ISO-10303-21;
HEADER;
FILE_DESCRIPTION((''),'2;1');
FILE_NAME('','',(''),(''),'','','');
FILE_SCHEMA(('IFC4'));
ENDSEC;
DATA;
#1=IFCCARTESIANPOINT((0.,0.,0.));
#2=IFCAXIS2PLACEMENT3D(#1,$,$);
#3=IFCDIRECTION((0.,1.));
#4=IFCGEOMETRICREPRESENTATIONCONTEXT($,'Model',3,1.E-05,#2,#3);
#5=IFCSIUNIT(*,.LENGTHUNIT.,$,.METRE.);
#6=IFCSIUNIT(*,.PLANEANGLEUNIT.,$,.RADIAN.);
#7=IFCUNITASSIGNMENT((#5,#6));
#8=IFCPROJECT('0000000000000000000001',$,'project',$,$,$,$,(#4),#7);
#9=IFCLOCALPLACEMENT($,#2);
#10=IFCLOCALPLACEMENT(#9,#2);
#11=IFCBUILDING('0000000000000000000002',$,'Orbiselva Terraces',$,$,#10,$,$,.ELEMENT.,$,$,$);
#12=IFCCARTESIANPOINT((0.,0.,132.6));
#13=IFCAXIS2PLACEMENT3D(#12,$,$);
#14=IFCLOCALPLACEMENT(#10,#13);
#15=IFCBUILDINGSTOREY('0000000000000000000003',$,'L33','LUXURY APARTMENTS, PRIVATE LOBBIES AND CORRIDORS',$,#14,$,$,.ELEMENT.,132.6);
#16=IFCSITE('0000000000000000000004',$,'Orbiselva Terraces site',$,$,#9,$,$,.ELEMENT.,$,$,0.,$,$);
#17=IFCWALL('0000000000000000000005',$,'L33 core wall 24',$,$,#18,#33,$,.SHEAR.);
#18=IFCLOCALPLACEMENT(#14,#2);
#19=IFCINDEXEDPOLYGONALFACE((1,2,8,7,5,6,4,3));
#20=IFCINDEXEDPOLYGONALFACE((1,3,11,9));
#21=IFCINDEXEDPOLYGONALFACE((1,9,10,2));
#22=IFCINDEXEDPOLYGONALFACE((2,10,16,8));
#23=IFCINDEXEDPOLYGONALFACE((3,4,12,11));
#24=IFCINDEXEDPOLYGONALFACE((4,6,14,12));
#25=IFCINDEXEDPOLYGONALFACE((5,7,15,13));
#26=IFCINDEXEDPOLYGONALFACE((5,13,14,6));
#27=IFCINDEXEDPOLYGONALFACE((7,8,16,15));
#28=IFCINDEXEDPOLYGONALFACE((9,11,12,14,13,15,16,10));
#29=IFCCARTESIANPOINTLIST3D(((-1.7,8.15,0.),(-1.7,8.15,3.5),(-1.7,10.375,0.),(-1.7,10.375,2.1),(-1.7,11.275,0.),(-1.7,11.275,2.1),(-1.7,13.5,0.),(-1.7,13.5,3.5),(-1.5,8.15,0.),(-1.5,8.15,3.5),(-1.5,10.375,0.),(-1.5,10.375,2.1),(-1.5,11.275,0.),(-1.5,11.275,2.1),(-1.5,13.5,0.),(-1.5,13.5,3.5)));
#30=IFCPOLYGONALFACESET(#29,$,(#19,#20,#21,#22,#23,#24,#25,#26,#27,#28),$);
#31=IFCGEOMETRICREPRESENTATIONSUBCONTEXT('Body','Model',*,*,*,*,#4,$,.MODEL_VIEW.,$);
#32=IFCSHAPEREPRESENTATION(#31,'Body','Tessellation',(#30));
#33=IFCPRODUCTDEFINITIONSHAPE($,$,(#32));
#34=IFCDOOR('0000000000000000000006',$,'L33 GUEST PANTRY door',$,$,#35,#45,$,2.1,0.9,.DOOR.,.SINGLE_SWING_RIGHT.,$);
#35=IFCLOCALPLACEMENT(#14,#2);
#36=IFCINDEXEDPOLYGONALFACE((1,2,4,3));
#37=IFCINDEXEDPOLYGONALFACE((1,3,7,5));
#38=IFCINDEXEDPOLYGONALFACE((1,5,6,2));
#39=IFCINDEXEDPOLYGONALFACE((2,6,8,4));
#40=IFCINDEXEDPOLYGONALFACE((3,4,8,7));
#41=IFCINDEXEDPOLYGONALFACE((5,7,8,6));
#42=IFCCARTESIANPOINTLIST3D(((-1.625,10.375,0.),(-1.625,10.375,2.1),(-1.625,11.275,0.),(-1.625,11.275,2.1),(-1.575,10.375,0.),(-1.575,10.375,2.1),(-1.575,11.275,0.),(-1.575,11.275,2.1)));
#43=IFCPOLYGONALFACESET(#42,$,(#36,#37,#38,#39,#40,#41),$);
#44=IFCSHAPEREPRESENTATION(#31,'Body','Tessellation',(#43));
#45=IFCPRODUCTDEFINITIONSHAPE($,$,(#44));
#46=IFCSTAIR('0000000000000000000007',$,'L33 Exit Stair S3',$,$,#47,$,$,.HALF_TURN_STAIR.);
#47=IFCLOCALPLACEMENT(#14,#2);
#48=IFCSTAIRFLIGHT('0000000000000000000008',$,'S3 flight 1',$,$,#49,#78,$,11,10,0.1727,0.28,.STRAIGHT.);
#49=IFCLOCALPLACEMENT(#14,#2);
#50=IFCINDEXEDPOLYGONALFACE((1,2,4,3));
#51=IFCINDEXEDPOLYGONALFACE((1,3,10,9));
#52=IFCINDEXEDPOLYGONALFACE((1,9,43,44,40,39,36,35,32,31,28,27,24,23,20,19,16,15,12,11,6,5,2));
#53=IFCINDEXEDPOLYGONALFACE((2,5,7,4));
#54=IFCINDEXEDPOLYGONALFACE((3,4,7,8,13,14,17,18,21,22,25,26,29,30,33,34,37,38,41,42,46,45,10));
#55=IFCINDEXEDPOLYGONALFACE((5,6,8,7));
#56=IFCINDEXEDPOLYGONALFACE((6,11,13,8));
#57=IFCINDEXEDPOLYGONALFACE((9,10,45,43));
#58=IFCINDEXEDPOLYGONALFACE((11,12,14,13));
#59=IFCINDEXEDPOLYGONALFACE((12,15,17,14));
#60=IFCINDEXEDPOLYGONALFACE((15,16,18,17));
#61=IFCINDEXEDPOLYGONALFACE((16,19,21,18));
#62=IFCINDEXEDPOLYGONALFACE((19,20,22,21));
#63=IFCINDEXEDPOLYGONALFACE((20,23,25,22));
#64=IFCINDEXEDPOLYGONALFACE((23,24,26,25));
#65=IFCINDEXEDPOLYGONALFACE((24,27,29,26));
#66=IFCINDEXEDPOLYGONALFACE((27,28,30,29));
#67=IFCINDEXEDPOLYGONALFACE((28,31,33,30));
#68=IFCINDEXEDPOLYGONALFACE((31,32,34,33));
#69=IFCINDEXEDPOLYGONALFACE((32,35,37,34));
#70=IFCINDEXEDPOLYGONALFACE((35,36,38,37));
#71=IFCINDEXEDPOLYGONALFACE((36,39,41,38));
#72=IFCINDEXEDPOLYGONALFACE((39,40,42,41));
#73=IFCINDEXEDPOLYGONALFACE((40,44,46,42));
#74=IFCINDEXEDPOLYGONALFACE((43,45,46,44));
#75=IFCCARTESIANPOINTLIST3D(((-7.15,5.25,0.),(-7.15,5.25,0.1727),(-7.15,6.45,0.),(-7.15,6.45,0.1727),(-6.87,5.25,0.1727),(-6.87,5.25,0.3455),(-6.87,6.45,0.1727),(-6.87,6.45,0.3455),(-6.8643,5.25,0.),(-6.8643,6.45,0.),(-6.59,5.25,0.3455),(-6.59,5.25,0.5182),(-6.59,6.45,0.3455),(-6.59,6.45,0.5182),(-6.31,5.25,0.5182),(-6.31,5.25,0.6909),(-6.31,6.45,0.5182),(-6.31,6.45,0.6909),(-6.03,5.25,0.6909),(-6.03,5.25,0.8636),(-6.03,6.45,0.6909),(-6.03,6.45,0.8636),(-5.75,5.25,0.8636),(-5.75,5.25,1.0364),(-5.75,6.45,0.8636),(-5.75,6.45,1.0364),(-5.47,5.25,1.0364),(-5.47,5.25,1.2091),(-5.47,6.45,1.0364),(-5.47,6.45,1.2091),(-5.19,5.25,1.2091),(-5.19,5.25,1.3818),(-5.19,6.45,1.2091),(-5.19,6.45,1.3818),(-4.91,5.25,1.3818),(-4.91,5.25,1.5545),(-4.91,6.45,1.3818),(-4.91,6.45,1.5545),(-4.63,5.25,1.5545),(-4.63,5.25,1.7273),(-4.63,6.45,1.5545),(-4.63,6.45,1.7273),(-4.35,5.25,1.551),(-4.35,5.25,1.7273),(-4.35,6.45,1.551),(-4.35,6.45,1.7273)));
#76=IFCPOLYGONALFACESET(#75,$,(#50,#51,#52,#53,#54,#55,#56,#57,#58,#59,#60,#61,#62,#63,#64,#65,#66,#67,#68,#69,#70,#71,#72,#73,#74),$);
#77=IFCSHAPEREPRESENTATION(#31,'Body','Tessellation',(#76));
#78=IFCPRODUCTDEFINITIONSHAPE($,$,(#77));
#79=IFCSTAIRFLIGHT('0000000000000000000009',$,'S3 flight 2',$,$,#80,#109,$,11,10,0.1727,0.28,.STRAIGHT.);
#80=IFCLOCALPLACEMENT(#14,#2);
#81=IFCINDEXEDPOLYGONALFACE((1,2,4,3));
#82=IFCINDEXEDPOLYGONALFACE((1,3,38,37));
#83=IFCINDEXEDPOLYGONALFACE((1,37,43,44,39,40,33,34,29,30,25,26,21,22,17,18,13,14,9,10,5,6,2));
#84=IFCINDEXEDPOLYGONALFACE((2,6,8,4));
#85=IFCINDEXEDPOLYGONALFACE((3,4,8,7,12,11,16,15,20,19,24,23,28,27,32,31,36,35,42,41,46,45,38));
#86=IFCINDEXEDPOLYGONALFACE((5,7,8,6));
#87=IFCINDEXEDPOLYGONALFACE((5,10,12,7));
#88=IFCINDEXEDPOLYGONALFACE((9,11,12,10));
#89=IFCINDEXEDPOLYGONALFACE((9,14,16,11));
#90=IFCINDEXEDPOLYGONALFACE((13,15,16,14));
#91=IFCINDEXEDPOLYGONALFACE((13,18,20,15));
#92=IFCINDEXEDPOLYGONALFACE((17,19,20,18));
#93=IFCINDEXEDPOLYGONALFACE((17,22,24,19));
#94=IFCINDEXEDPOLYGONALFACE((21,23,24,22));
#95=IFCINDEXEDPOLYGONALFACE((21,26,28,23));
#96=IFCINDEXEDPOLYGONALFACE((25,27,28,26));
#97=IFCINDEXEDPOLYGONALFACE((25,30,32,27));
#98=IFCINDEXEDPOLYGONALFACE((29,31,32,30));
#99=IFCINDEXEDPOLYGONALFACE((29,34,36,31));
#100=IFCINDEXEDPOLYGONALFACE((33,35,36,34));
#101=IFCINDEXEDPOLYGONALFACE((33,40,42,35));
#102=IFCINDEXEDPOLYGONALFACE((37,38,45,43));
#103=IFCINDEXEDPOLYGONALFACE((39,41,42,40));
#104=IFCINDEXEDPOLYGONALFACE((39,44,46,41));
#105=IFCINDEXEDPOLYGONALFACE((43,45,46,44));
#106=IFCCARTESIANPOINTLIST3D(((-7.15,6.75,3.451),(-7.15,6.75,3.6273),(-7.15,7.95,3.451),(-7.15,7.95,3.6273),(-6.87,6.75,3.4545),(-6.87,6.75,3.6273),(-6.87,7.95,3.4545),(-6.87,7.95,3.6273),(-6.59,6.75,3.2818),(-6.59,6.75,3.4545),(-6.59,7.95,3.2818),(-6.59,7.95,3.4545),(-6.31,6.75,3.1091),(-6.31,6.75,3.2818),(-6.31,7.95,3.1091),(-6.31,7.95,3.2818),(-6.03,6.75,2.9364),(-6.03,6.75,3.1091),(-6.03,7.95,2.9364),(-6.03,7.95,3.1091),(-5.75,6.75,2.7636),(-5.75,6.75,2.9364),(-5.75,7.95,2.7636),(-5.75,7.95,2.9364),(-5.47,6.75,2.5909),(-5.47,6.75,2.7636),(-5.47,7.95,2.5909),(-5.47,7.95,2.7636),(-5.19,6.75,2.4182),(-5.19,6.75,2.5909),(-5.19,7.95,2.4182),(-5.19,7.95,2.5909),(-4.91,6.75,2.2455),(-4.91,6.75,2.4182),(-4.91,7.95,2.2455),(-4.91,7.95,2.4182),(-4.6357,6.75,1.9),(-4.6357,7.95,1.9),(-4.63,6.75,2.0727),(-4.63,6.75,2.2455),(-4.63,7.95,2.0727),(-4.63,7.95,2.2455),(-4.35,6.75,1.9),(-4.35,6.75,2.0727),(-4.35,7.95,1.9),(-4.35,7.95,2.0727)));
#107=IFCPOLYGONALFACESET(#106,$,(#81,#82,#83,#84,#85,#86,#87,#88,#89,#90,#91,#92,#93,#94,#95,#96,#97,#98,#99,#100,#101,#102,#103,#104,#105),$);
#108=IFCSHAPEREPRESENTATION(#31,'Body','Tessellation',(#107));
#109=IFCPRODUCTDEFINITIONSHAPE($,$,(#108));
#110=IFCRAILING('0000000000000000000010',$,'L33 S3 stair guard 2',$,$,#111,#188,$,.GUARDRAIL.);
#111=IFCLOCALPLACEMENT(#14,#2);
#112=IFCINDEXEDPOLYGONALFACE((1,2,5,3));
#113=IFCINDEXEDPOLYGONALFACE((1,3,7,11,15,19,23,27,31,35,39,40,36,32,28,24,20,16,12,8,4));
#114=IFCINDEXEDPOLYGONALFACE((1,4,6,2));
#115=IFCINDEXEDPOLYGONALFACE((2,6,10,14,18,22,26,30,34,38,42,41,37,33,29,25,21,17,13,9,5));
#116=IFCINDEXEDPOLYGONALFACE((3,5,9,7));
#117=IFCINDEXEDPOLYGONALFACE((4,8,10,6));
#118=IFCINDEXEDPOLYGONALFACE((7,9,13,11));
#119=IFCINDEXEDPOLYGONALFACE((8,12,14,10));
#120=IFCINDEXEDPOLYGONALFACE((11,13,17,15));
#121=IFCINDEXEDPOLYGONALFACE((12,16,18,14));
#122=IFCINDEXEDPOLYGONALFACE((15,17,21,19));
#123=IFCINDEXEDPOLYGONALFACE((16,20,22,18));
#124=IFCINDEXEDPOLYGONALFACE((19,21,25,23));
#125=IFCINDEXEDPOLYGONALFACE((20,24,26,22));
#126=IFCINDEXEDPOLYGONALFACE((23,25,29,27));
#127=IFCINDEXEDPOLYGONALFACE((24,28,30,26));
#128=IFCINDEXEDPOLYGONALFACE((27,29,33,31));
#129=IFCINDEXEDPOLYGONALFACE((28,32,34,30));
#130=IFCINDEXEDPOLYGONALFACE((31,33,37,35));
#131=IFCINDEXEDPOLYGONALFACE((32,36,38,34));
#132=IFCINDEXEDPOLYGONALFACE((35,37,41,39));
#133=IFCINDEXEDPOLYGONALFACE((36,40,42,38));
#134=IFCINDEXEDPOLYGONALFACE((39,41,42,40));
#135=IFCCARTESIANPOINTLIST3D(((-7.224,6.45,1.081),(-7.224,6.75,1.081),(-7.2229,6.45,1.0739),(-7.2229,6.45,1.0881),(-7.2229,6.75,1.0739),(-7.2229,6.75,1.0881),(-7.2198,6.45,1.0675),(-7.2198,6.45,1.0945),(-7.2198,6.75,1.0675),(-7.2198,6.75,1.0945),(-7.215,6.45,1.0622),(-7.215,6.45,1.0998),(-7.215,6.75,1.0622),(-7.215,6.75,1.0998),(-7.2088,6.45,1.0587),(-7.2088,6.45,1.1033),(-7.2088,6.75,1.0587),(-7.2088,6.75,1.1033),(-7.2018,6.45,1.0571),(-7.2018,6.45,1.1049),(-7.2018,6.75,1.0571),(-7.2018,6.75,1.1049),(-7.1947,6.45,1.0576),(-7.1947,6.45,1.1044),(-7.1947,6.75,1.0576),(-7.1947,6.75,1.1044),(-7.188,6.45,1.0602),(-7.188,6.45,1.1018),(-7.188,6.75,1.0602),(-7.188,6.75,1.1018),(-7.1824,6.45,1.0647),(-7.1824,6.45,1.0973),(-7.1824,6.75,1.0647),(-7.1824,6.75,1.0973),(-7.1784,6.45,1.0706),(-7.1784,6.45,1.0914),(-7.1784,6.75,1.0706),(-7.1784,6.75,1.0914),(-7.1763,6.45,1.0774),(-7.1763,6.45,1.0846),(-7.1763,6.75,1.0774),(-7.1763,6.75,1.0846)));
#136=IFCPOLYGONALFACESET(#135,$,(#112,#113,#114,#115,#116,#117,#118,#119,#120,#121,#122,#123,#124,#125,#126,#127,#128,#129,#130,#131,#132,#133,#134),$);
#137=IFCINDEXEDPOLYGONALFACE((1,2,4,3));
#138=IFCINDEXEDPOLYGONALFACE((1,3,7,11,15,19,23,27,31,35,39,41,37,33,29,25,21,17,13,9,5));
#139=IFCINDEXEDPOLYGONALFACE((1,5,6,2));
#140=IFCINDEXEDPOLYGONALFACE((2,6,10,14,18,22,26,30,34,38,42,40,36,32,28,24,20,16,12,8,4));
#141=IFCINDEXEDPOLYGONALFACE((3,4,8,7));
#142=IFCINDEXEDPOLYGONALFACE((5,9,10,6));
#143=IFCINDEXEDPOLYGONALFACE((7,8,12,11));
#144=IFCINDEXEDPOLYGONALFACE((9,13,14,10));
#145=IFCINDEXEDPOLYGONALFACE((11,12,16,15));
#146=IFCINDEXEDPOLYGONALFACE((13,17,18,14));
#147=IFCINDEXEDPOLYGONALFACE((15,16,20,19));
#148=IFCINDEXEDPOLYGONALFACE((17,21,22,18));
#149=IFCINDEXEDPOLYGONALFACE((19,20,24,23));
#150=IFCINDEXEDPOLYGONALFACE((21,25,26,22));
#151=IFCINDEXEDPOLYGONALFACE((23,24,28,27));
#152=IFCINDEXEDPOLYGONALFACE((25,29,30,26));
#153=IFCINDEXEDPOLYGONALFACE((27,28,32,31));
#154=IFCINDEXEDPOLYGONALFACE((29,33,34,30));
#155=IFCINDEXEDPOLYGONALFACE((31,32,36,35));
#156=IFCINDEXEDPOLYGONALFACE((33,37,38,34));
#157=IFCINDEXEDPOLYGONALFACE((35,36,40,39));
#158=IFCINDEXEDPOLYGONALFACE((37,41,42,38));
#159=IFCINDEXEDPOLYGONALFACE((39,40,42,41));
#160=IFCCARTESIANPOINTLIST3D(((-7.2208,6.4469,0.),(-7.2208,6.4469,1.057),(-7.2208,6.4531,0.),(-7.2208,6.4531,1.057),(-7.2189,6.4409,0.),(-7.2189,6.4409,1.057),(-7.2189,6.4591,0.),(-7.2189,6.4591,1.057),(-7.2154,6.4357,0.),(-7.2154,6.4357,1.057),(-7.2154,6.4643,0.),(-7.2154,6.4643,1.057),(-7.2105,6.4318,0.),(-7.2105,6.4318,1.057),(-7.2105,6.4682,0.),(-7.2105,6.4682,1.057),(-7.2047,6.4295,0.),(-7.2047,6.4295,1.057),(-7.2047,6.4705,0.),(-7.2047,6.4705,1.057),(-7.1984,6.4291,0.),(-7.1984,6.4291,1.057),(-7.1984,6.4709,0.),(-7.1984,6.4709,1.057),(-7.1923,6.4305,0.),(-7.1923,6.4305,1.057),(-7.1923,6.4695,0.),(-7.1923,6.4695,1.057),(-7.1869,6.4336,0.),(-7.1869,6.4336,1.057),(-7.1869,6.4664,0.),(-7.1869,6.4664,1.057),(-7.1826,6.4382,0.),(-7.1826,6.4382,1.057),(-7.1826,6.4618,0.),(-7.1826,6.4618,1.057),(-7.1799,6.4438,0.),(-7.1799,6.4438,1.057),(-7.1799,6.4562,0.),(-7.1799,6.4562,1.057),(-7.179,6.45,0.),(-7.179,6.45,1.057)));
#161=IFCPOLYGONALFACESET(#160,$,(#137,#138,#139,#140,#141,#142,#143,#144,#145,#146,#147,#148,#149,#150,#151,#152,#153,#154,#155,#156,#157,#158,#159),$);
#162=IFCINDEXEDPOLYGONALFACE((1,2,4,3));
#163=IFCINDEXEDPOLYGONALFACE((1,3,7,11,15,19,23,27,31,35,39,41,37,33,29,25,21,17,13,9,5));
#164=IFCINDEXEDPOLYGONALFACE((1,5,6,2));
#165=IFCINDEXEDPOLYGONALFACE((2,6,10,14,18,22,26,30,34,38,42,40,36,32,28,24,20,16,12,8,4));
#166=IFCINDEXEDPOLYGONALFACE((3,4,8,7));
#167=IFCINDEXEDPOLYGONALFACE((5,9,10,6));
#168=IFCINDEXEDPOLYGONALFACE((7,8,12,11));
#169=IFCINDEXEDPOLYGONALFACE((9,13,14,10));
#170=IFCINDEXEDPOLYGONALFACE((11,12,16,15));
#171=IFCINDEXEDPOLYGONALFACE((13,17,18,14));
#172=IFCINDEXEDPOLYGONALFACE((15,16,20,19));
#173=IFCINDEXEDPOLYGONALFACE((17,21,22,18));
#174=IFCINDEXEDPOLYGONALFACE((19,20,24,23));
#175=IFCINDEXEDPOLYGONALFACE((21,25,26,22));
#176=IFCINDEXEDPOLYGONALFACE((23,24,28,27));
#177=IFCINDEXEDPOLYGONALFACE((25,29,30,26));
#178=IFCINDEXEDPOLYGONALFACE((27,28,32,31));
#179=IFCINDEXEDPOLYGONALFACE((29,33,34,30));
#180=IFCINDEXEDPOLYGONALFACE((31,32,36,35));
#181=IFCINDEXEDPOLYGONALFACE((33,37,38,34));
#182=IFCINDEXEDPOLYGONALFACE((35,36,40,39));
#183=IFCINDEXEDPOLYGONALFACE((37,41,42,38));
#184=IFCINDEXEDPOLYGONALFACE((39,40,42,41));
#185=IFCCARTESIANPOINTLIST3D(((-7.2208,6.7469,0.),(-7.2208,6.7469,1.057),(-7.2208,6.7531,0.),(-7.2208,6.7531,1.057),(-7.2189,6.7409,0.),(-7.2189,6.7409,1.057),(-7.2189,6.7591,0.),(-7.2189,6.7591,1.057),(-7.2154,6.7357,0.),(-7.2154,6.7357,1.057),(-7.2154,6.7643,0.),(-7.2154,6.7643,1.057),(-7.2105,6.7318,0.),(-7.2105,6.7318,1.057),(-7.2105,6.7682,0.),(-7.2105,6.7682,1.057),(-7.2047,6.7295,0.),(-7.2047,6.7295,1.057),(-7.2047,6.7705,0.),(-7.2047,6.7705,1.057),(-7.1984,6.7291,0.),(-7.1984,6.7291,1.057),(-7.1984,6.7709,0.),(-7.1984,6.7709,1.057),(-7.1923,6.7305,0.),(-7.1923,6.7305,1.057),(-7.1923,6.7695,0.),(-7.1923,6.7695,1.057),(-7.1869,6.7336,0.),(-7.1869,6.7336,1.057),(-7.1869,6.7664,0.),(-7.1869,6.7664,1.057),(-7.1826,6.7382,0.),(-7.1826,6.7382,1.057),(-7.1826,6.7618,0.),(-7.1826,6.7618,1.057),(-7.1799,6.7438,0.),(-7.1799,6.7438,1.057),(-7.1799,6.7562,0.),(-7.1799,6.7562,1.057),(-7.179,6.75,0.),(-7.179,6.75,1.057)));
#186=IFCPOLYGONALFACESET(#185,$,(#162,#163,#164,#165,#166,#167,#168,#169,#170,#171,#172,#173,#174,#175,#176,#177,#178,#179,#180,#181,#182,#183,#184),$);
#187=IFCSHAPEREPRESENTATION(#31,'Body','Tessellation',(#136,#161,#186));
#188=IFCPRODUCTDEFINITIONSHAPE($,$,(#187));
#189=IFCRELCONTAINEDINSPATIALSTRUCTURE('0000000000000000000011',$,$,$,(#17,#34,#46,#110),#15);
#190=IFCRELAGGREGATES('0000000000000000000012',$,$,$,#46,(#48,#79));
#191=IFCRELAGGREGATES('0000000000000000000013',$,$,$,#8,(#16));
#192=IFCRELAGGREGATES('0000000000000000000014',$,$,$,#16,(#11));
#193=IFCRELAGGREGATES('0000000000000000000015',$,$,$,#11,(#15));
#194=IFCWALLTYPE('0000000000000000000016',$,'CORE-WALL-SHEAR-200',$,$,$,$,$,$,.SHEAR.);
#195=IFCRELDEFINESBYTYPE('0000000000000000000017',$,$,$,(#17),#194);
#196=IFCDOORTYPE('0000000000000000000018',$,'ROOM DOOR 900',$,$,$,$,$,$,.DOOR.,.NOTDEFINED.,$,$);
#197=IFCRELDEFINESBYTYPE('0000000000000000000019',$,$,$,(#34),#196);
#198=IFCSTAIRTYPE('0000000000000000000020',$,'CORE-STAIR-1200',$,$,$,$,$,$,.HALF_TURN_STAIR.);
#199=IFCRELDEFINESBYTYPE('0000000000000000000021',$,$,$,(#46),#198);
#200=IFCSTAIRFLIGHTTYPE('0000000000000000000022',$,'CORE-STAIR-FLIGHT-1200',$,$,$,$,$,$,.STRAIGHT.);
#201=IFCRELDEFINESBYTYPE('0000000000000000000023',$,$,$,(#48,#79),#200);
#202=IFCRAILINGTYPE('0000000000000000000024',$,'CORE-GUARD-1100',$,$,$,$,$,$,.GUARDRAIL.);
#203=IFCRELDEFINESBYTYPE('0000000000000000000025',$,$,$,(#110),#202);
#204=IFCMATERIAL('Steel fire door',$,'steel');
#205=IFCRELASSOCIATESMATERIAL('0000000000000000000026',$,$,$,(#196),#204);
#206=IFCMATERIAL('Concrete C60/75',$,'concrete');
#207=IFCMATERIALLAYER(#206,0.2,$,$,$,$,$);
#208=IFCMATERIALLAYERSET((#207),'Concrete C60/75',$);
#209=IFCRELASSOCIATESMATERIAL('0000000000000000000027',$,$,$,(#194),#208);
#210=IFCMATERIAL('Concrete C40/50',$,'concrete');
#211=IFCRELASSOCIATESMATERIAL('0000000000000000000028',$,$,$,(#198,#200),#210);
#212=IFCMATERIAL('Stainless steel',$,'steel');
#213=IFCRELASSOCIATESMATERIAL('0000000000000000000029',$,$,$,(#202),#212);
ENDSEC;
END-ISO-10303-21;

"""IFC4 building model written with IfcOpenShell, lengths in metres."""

from ifc_helpers import new_model, si_unit, direction, frame, frame_2d, origin, origin_2d, place, context, subcontext, project, spatial, polyline, rectangle, circle, outline, extrude, material, layer, layer_set, type_object, element, fill, aggregate, save


model = new_model("IFC4")

# Units and contexts
model_context = context("Model", 3, precision=1e-05, world=origin(), true_north=direction((0.0, 1.0)))
body_context = subcontext(model_context, "Body", "Model", "MODEL_VIEW")
ifc_project = project(units=[si_unit("LENGTHUNIT", "METRE"), si_unit("PLANEANGLEUNIT", "RADIAN")], contexts=[model_context])

# Site, building, storey
site_placement = place(None, origin())
site = spatial("IfcSite", under=ifc_project, at=site_placement, Name="Orbiselva Terraces site", CompositionType="ELEMENT", RefElevation=0.0)
building_placement = place(site_placement, origin())
building = spatial("IfcBuilding", under=site, at=building_placement, Name="Orbiselva Terraces", CompositionType="ELEMENT")
storey_placement = place(building_placement, frame((0.0, 0.0, 132.6)))
storey = spatial("IfcBuildingStorey", under=building, at=storey_placement, Name="L33", Description="LUXURY APARTMENTS, PRIVATE LOBBIES AND CORRIDORS", CompositionType="ELEMENT", Elevation=132.6)

# Shared definitions
ifc_material_1 = material(Name="Steel fire door", Category="steel")
door_type = type_object("IfcDoorType", Name="ROOM DOOR 900", OperationType="NOTDEFINED", PredefinedType="DOOR", material=ifc_material_1)

# Shared definitions
ifc_material_2 = material(Name="Concrete C60/75", Category="concrete")
ifc_layer_1 = layer(ifc_material_2, 0.2)
ifc_layer_set_1 = layer_set([ifc_layer_1], Name="Concrete C60/75")
wall_type_1 = type_object("IfcWallType", Name="CORE-WALL-SHEAR-200", PredefinedType="SHEAR", material=ifc_layer_set_1)

# Wall, opening, door
wall_1_placement = place(storey_placement, frame((-1.6, 8.15, 0.0), z_axis=(0.0, 0.0, 1.0), x_axis=(0.0, 1.0, 0.0)))
wall_1 = element("IfcWall", 1, at=wall_1_placement, inside=storey, type_object=wall_type_1, Name="L33 core wall 24", PredefinedType="SHEAR", context=body_context, shape_type="SweptSolid", body=[
    extrude(rectangle(XDim=5.35, YDim=0.2, at=frame_2d((2.675, 0.0))), origin(), (0.0, 0.0, 1.0), 3.5),
])
opening_1_placement = place(wall_1_placement, frame((2.225, 0.0, 0.0)))
opening_1 = element("IfcOpeningElement", 2, at=opening_1_placement, cuts=wall_1, PredefinedType="OPENING", context=body_context, shape_type="SweptSolid", body=[
    extrude(rectangle(XDim=0.9, YDim=2.1, at=frame_2d((0.45, 1.05))), frame((0.0, 0.11, 0.0), z_axis=(0.0, -1.0, 0.0), x_axis=(1.0, 0.0, 0.0)), (0.0, 0.0, 1.0), 0.22),
])
door_1_placement = place(opening_1_placement, origin())
door_1 = element("IfcDoor", 3, at=door_1_placement, inside=storey, type_object=door_type, Name="L33 GUEST PANTRY door", OperationType="SINGLE_SWING_RIGHT", OverallHeight=2.1, OverallWidth=0.9, PredefinedType="DOOR", context=body_context, shape_type="SweptSolid", body=[
    extrude(rectangle(XDim=0.9, YDim=2.1, at=frame_2d((0.45, 1.05))), frame((0.0, 0.025, 0.0), z_axis=(0.0, -1.0, 0.0), x_axis=(1.0, 0.0, 0.0)), (0.0, 0.0, 1.0), 0.05),
])
fill(opening_1, door_1)

# Stair, stair flights
ifc_material_3 = material(Name="Concrete C40/50", Category="concrete")
stair_type = type_object("IfcStairType", Name="CORE-STAIR-1200", PredefinedType="HALF_TURN_STAIR", material=ifc_material_3)
stair_placement = place(storey_placement, origin())
stair = element("IfcStair", 4, at=stair_placement, inside=storey, type_object=stair_type, Name="L33 Exit Stair S3", PredefinedType="HALF_TURN_STAIR")
stair_flight_type = type_object("IfcStairFlightType", Name="CORE-STAIR-FLIGHT-1200", PredefinedType="STRAIGHT", material=ifc_material_3)
stair_flight_1_placement = place(storey_placement, frame((-7.15, 5.85, 0.0), z_axis=(0.0, 0.0, 1.0), x_axis=(1.0, 0.0, 0.0)))
stair_flight_1 = element("IfcStairFlight", 5, at=stair_flight_1_placement, type_object=stair_flight_type, Name="S3 flight 1", NumberOfRisers=11, NumberOfTreads=10, PredefinedType="STRAIGHT", RiserHeight=0.1727, TreadLength=0.28, context=body_context, shape_type="SweptSolid", body=[
    extrude(outline(polyline([(0.0, 0.0), (0.0, 0.1727), (0.28, 0.1727), (0.28, 0.3455), (0.56, 0.3455), (0.56, 0.5182), (0.84, 0.5182), (0.84, 0.6909), (1.12, 0.6909), (1.12, 0.8636), (1.4, 0.8636), (1.4, 1.0364), (1.68, 1.0364), (1.68, 1.2091), (1.96, 1.2091), (1.96, 1.3818), (2.24, 1.3818), (2.24, 1.5545), (2.52, 1.5545), (2.52, 1.7273), (2.8, 1.7273), (2.8, 1.9), (2.8, 1.551), (0.2857, 0.0), (0.0, 0.0)])), frame((0.0, 0.6, 0.0), z_axis=(0.0, -1.0, 0.0), x_axis=(1.0, 0.0, 0.0)), (0.0, 0.0, 1.0), 1.2),
])
stair_flight_2_placement = place(storey_placement, frame((-4.35, 7.35, 1.9), z_axis=(0.0, 0.0, 1.0), x_axis=(-1.0, 0.0, 0.0)))
stair_flight_2 = element("IfcStairFlight", 6, at=stair_flight_2_placement, type_object=stair_flight_type, Name="S3 flight 2", NumberOfRisers=11, NumberOfTreads=10, PredefinedType="STRAIGHT", RiserHeight=0.1727, TreadLength=0.28, context=body_context, shape_type="SweptSolid", body=[
    extrude(outline(polyline([(0.0, 0.0), (0.0, 0.1727), (0.28, 0.1727), (0.28, 0.3455), (0.56, 0.3455), (0.56, 0.5182), (0.84, 0.5182), (0.84, 0.6909), (1.12, 0.6909), (1.12, 0.8636), (1.4, 0.8636), (1.4, 1.0364), (1.68, 1.0364), (1.68, 1.2091), (1.96, 1.2091), (1.96, 1.3818), (2.24, 1.3818), (2.24, 1.5545), (2.52, 1.5545), (2.52, 1.7273), (2.8, 1.7273), (2.8, 1.9), (2.8, 1.551), (0.2857, 0.0), (0.0, 0.0)])), frame((0.0, 0.6, 0.0), z_axis=(0.0, -1.0, 0.0), x_axis=(1.0, 0.0, 0.0)), (0.0, 0.0, 1.0), 1.2),
])
aggregate(stair, [stair_flight_1, stair_flight_2])

# Railing
ifc_material_4 = material(Name="Stainless steel", Category="steel")
railing_type_1 = type_object("IfcRailingType", Name="CORE-GUARD-1100", PredefinedType="GUARDRAIL", material=ifc_material_4)
railing_1_placement = place(storey_placement, frame((-7.2, 6.45, 0.0)))
element("IfcRailing", 7, at=railing_1_placement, inside=storey, type_object=railing_type_1, Name="L33 S3 stair guard 2", PredefinedType="GUARDRAIL", context=body_context, shape_type="SweptSolid", body=[
    extrude(circle(Radius=0.024, at=origin_2d()), frame((0.0, 0.0, 1.081), z_axis=(0.0, 1.0, 0.0), x_axis=(-1.0, 0.0, 0.0)), (0.0, 0.0, 1.0), 0.3),
    extrude(circle(Radius=0.021, at=origin_2d()), origin(), (0.0, 0.0, 1.0), 1.057),
    extrude(circle(Radius=0.021, at=origin_2d()), frame((0.0, 0.3, 0.0)), (0.0, 0.0, 1.0), 1.057),
])

save(model, "model.ifc")
